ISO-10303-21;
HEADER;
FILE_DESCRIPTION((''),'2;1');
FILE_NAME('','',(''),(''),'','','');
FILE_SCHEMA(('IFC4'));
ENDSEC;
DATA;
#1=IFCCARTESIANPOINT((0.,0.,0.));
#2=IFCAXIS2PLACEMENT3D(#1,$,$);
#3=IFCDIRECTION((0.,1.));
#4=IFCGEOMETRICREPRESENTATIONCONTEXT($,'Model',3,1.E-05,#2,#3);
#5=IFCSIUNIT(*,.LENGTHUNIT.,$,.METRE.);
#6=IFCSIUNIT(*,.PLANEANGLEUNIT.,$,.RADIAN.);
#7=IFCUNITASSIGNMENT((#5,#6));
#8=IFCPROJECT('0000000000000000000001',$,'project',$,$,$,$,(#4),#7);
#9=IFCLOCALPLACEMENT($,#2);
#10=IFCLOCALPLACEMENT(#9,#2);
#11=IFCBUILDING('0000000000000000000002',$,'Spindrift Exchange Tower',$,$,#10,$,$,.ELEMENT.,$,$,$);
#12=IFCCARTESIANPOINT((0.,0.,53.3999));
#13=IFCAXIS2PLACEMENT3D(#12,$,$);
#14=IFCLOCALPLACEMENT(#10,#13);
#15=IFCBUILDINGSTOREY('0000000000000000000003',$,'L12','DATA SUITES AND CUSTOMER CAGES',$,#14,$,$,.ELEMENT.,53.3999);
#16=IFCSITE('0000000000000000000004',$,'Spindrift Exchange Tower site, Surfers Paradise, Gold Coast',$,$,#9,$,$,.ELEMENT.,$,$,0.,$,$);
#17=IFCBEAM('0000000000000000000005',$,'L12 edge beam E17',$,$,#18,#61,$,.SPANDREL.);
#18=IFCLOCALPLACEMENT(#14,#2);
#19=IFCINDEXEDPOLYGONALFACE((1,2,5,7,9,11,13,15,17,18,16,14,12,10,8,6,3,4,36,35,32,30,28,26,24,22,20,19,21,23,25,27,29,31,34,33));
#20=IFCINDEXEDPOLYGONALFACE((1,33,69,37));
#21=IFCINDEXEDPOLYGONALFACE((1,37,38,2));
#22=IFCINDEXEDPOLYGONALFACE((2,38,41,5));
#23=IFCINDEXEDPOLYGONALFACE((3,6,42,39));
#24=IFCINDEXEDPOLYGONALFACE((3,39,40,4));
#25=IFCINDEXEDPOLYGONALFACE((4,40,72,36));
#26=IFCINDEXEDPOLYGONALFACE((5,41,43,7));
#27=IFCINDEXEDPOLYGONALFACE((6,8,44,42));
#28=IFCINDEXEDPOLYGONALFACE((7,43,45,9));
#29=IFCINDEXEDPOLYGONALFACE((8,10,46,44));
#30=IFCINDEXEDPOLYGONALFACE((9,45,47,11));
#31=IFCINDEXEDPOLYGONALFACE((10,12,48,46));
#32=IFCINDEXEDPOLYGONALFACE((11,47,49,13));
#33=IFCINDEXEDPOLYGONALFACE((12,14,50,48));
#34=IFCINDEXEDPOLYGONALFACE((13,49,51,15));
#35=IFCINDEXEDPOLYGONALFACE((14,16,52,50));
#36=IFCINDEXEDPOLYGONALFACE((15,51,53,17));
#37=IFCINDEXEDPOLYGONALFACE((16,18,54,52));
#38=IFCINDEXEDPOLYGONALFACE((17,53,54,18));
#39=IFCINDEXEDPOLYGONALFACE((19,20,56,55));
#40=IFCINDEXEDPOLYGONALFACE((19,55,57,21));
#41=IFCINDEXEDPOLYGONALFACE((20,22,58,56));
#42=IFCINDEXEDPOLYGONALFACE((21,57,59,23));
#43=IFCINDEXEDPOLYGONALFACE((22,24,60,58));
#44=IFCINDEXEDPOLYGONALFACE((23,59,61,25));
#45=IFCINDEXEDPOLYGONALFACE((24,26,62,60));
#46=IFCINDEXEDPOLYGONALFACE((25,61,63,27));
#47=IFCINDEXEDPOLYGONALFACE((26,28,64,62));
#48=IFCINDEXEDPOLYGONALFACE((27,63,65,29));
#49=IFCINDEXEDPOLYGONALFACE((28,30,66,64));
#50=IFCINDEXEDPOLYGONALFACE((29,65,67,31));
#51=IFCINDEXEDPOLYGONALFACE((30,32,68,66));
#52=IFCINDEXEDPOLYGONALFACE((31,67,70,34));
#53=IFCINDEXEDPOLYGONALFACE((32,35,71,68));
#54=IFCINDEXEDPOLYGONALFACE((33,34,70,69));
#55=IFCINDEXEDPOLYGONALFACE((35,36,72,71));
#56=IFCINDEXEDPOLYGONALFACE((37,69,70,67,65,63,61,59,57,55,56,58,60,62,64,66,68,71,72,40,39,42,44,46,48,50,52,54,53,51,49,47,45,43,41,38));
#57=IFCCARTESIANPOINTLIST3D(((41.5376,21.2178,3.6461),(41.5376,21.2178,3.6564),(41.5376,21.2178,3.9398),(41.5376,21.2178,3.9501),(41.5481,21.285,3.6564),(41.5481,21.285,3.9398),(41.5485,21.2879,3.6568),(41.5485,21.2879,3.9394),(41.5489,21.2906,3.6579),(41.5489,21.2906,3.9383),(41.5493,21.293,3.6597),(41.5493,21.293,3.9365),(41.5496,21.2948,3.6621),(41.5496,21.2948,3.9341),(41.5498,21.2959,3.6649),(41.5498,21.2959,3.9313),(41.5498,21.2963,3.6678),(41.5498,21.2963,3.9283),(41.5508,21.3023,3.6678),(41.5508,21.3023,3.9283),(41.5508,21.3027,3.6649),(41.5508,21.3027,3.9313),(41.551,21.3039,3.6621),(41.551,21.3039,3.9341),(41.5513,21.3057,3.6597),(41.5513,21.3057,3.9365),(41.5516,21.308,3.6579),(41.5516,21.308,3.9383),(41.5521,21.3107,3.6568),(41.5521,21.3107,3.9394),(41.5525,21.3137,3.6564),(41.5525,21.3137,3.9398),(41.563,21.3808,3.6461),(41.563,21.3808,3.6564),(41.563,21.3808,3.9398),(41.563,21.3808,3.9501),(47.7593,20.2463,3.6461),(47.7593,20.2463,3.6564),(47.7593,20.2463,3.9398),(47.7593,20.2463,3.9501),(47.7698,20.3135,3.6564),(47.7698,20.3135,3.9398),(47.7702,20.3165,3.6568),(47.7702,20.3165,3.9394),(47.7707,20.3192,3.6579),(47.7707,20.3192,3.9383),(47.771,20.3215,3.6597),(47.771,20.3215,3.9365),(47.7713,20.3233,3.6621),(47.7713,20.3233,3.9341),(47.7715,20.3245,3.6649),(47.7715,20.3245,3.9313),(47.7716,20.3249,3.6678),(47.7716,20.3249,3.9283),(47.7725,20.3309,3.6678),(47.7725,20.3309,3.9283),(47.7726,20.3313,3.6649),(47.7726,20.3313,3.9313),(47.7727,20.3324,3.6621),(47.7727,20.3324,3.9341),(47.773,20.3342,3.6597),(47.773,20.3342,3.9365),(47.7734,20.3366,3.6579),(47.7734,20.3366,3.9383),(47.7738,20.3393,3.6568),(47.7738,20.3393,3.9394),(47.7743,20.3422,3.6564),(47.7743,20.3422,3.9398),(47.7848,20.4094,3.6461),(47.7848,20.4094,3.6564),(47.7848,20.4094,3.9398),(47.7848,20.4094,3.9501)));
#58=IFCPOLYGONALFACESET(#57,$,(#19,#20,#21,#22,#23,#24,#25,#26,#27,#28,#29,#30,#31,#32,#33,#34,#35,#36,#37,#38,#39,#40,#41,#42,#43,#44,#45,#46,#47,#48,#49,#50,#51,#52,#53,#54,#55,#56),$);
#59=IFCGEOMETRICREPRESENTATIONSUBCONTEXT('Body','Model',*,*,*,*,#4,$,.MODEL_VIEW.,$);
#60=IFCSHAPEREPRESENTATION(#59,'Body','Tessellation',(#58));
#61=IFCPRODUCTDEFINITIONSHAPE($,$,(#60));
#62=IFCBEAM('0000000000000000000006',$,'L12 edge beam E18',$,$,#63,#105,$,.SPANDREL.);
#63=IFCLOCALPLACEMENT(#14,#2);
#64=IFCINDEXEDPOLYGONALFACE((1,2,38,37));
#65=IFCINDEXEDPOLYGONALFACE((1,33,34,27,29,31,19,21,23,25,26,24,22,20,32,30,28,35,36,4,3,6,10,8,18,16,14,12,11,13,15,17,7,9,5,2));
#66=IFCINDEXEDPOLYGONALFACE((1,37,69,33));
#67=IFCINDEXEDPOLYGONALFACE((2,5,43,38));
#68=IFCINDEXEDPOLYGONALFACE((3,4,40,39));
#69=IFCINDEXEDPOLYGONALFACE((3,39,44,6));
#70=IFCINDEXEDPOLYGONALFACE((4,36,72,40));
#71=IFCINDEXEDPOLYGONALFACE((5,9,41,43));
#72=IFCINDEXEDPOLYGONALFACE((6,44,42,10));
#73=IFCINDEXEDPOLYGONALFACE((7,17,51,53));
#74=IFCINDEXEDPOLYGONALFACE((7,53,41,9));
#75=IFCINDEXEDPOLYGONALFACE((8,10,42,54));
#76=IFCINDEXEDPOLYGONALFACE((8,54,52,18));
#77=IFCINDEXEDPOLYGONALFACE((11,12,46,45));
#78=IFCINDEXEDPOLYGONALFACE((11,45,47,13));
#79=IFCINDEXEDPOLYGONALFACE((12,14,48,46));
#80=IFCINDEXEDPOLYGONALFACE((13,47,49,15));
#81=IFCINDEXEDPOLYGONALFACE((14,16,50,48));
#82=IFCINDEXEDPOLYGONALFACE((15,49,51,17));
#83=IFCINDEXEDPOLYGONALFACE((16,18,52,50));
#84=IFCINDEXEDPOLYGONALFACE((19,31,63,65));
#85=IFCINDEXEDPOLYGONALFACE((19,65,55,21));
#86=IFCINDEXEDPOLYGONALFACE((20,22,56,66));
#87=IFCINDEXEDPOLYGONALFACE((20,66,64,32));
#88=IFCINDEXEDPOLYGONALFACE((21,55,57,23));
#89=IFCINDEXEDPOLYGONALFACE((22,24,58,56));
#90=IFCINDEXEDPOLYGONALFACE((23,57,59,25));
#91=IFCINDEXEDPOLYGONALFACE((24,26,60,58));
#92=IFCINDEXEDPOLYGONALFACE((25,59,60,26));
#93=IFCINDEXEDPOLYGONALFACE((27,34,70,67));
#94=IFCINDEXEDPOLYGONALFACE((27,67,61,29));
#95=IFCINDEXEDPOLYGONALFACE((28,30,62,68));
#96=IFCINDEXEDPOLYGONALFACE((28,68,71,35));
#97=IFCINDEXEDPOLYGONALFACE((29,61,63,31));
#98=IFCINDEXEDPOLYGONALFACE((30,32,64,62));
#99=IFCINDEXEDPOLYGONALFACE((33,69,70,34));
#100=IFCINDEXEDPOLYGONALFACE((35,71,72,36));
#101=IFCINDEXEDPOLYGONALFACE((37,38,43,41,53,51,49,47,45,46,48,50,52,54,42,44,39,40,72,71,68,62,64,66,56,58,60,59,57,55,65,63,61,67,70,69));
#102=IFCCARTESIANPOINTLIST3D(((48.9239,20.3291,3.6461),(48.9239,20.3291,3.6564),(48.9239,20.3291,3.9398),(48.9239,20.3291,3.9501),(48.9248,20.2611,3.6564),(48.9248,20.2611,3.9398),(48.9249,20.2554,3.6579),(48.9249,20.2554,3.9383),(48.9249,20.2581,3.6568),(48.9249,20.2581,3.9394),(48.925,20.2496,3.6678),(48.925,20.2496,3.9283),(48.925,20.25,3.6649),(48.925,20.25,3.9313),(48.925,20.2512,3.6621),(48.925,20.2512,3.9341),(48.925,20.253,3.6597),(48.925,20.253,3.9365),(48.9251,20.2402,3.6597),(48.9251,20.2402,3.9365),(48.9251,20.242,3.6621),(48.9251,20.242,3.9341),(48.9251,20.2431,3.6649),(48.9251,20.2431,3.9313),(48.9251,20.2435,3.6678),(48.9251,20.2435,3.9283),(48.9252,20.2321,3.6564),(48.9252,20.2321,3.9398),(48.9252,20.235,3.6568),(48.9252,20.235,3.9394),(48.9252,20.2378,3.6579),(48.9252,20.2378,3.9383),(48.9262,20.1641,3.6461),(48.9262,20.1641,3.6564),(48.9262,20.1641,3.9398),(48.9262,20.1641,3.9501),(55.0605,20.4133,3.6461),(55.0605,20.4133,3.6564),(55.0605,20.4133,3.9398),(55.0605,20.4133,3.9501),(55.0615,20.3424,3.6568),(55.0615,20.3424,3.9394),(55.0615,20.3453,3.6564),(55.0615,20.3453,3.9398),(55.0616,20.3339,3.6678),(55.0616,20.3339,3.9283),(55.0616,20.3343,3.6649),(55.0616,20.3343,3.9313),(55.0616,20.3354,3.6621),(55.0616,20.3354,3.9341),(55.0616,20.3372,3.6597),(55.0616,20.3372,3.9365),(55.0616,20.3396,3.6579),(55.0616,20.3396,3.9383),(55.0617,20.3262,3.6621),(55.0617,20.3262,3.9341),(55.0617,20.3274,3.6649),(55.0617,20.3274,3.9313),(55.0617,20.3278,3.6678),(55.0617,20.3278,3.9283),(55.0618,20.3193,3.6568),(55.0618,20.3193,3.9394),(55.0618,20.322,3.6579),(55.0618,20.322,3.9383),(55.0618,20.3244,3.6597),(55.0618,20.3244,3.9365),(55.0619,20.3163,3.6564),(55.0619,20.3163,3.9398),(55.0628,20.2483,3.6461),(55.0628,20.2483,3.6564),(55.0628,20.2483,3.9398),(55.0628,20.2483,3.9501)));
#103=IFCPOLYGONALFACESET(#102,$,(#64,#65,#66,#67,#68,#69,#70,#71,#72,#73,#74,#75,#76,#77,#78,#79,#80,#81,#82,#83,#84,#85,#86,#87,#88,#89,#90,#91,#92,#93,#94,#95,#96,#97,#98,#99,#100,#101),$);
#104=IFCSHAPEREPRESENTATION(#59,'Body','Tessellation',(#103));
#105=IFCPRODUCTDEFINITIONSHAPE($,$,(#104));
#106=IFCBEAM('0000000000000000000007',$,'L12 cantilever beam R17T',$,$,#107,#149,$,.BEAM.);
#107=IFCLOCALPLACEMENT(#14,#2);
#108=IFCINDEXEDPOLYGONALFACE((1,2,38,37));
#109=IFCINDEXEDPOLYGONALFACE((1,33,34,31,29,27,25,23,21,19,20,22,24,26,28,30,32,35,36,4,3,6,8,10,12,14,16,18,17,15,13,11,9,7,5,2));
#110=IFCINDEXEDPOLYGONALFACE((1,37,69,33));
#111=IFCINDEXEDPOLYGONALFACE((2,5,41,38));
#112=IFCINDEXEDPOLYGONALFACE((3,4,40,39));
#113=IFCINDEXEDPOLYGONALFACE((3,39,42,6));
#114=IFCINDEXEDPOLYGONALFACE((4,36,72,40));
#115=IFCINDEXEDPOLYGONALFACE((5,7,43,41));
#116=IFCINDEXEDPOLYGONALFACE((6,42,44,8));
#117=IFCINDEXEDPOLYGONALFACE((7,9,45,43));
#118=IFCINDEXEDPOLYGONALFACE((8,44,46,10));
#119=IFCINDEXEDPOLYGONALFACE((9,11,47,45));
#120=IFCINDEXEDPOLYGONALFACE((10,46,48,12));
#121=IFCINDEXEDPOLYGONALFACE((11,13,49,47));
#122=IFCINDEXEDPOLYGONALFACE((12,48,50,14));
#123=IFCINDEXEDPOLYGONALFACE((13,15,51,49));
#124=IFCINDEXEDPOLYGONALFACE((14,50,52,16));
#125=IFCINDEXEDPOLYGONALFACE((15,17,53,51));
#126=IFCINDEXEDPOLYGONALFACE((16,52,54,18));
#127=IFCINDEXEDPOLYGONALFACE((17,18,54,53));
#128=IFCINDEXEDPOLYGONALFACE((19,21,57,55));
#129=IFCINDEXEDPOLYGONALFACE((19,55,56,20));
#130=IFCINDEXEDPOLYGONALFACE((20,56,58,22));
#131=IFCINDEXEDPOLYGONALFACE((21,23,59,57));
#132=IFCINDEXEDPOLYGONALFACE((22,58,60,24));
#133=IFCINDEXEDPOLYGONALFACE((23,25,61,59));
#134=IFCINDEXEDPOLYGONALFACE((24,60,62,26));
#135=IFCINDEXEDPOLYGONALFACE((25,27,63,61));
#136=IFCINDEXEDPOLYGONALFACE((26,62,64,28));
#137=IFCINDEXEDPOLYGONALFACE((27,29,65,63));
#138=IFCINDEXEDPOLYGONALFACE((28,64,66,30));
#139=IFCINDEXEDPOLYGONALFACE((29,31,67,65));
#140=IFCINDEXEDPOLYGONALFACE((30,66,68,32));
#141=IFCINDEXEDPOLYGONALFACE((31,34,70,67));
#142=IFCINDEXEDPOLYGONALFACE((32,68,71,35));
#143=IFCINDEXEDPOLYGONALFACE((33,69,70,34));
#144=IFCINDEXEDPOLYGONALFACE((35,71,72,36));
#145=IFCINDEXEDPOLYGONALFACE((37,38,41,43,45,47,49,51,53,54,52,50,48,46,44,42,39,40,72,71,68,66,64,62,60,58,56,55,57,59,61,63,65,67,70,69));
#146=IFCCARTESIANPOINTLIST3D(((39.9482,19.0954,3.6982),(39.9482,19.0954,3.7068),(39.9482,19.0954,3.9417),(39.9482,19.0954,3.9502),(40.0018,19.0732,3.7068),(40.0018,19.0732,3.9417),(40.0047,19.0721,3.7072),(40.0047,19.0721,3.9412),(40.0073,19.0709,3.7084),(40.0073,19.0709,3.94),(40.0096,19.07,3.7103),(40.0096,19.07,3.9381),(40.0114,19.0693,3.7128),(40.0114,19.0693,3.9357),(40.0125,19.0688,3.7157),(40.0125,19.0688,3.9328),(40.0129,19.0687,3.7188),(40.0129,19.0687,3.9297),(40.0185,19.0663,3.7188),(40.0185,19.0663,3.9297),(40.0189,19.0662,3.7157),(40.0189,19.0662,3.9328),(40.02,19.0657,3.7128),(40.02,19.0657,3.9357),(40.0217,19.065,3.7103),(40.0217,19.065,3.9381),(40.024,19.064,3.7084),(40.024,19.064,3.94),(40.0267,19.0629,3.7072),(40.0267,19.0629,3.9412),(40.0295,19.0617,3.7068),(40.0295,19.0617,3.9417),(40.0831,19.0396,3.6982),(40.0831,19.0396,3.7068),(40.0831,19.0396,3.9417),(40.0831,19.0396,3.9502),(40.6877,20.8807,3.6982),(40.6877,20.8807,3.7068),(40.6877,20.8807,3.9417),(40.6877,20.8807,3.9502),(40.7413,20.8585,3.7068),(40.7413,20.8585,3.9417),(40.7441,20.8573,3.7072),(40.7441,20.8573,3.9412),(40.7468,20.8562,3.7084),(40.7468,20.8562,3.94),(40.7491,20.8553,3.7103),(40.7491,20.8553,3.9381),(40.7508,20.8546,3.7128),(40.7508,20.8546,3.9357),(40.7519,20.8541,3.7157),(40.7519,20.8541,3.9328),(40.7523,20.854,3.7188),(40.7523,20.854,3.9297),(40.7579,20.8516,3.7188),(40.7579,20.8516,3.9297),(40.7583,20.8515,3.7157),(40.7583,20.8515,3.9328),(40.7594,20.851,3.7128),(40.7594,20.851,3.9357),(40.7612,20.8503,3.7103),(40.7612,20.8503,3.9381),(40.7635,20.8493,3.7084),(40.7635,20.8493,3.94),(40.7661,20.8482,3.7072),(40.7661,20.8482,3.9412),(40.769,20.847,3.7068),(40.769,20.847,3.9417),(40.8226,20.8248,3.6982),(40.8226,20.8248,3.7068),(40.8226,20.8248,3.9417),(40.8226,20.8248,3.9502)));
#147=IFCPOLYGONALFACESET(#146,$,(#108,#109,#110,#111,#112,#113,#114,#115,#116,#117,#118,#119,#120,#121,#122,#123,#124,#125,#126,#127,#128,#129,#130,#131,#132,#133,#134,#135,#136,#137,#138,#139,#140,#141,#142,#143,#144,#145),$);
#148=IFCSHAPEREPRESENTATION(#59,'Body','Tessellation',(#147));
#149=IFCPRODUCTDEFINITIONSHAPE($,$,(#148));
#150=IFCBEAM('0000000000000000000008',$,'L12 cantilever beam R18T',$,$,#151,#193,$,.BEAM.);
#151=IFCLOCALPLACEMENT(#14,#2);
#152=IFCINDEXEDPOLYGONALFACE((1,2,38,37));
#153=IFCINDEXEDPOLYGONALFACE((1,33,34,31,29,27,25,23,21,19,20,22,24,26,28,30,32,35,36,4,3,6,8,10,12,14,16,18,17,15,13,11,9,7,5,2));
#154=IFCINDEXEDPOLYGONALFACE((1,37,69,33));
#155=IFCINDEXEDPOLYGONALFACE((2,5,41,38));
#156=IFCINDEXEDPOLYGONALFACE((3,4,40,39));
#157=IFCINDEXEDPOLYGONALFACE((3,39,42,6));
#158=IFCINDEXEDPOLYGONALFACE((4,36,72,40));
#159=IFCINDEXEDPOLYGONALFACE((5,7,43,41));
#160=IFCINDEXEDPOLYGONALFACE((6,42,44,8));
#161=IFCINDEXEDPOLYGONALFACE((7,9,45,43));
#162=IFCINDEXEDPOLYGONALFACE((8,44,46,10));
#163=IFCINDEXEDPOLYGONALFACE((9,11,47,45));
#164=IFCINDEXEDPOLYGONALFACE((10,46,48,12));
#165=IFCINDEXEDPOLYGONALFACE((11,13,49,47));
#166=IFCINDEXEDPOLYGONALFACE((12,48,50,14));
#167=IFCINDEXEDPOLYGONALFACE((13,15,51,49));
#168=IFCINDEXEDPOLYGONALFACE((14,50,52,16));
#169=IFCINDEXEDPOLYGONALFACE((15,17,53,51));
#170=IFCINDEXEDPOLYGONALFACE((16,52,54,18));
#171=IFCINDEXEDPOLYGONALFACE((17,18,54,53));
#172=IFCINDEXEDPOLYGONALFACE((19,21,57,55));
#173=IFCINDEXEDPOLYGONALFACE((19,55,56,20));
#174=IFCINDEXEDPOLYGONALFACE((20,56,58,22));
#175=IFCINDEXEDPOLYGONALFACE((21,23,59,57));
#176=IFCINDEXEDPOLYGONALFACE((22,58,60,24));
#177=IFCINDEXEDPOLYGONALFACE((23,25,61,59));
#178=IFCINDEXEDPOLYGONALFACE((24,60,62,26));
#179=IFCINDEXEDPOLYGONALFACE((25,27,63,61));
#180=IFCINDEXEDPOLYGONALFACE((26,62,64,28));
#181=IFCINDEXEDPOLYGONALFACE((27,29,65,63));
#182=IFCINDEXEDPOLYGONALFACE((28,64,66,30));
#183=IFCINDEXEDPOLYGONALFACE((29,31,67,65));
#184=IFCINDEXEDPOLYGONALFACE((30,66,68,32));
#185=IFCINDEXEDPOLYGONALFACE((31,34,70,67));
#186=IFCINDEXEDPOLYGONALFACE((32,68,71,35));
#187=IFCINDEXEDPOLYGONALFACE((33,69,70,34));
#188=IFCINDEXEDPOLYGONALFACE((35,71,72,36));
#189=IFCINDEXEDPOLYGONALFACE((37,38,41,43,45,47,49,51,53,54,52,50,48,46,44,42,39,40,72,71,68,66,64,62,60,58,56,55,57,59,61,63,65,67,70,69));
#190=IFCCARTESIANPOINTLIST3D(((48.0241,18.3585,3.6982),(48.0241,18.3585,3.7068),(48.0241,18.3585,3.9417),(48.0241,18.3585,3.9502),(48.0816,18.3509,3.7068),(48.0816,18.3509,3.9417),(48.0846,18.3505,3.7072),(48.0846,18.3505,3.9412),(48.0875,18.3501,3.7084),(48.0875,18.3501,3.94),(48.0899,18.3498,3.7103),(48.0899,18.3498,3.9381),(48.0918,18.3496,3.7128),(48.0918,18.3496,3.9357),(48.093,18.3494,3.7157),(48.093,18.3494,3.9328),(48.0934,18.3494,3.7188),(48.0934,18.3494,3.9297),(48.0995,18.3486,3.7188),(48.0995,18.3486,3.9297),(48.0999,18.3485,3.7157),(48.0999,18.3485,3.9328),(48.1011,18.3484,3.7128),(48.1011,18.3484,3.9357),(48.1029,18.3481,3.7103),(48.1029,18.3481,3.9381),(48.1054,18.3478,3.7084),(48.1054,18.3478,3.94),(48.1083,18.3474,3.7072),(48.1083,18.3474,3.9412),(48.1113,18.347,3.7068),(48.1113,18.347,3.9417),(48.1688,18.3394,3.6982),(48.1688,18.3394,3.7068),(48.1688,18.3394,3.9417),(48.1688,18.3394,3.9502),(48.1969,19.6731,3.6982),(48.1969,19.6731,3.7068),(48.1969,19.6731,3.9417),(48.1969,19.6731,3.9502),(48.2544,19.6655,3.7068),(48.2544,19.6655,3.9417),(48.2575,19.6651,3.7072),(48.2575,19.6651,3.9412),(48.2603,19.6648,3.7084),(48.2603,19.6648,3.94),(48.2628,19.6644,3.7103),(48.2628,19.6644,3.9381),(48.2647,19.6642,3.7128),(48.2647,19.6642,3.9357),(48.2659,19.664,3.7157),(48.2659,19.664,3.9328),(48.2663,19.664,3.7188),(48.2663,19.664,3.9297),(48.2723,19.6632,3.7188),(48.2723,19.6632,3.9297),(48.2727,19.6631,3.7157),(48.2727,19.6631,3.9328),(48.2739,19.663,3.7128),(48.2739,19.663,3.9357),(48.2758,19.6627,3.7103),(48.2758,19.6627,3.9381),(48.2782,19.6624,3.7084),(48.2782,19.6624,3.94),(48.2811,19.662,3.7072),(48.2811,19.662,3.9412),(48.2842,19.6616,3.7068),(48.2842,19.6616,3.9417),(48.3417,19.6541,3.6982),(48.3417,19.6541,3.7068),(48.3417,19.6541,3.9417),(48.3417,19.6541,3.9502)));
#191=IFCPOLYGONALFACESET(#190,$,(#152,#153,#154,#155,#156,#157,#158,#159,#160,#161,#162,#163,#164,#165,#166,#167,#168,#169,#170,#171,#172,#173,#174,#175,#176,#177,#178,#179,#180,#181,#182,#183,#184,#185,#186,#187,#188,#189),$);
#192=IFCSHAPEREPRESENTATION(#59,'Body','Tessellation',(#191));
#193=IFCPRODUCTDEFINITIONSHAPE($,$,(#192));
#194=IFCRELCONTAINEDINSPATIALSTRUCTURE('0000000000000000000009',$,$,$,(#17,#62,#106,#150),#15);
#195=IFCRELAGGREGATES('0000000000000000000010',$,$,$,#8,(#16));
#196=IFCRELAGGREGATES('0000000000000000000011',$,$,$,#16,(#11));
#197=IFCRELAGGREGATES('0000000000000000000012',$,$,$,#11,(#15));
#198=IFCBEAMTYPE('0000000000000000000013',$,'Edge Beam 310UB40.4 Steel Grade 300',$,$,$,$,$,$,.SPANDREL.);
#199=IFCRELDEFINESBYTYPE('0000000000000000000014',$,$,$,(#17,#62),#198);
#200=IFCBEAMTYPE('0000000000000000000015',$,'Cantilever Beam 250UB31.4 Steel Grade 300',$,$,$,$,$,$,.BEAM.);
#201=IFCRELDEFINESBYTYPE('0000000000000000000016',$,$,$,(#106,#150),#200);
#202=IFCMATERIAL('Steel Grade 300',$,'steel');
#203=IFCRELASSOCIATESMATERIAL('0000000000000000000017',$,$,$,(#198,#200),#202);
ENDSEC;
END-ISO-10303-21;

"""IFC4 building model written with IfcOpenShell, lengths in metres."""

from ifc_helpers import new_model, si_unit, direction, frame, origin, origin_2d, place, context, subcontext, project, spatial, i_section, extrude, source, transform, mapped, material, material_profile, profile_set, type_object, element, save


model = new_model("IFC4")

# Units and contexts
model_context = context("Model", 3, precision=1e-05, world=origin(), true_north=direction((0.0, 1.0)))
body_context = subcontext(model_context, "Body", "Model", "MODEL_VIEW")
ifc_project = project(units=[si_unit("LENGTHUNIT", "METRE"), si_unit("PLANEANGLEUNIT", "RADIAN")], contexts=[model_context])

# Site, building, storey
site_placement = place(None, origin())
site = spatial("IfcSite", under=ifc_project, at=site_placement, Name="Spindrift Exchange Tower site, Surfers Paradise, Gold Coast", CompositionType="ELEMENT", RefElevation=0.0)
building_placement = place(site_placement, origin())
building = spatial("IfcBuilding", under=site, at=building_placement, Name="Spindrift Exchange Tower", CompositionType="ELEMENT")
storey_placement = place(building_placement, frame((0.0, 0.0, 53.3999)))
storey = spatial("IfcBuildingStorey", under=building, at=storey_placement, Name="L12", Description="DATA SUITES AND CUSTOMER CAGES", CompositionType="ELEMENT", Elevation=53.3999)

# Beams
ifc_material_1 = material(Name="Steel Grade 300", Category="steel")
ifc_material_profile_1 = material_profile(ifc_material_1, i_section(OverallWidth=0.165, OverallDepth=0.304, WebThickness=0.0061, FlangeThickness=0.0103, FilletRadius=0.0115, at=origin_2d()), Name="310UB40.4")
ifc_profile_set_1 = profile_set([ifc_material_profile_1], Name="Steel Grade 300")
beam_type_1 = type_object("IfcBeamType", Name="Edge Beam 310UB40.4 Steel Grade 300", PredefinedType="SPANDREL", material=ifc_profile_set_1)
shared_shape_1 = source(origin(), body_context, "Body", "SweptSolid", [
    extrude(i_section(OverallWidth=0.165, OverallDepth=0.304, WebThickness=0.0061, FlangeThickness=0.0103, FilletRadius=0.0115, at=origin_2d()), origin(), (0.0, 0.0, 1.0), 6.2971),
])
beam_1_placement = place(storey_placement, frame((41.5503, 21.2993, 3.7981), z_axis=(0.988029, -0.154268, 0.0), x_axis=(0.154268, 0.988029, 0.0)))
element("IfcBeam", 1, at=beam_1_placement, inside=storey, type_object=beam_type_1, Name="L12 edge beam E17", PredefinedType="SPANDREL", context=body_context, shape_type="MappedRepresentation", body=[
    mapped(shared_shape_1, transform((0.0, 0.0, 0.0), scale=1.0)),
])
shared_shape_2 = source(origin(), body_context, "Body", "SweptSolid", [
    extrude(i_section(OverallWidth=0.165, OverallDepth=0.304, WebThickness=0.0061, FlangeThickness=0.0103, FilletRadius=0.0115, at=origin_2d()), origin(), (0.0, 0.0, 1.0), 6.1372),
])
beam_2_placement = place(storey_placement, frame((48.925, 20.2466, 3.7981), z_axis=(0.999906, 0.013724, 0.0), x_axis=(-0.013724, 0.999906, 0.0)))
element("IfcBeam", 2, at=beam_2_placement, inside=storey, type_object=beam_type_1, Name="L12 edge beam E18", PredefinedType="SPANDREL", context=body_context, shape_type="MappedRepresentation", body=[
    mapped(shared_shape_2, transform((0.0, 0.0, 0.0), scale=1.0)),
])
ifc_material_profile_2 = material_profile(ifc_material_1, i_section(OverallWidth=0.146, OverallDepth=0.252, WebThickness=0.0061, FlangeThickness=0.0085, FilletRadius=0.012, at=origin_2d()), Name="250UB31.4")
ifc_profile_set_2 = profile_set([ifc_material_profile_2], Name="Steel Grade 300")
beam_type_2 = type_object("IfcBeamType", Name="Cantilever Beam 250UB31.4 Steel Grade 300", PredefinedType="BEAM", material=ifc_profile_set_2)
shared_shape_3 = source(origin(), body_context, "Body", "SweptSolid", [
    extrude(i_section(OverallWidth=0.146, OverallDepth=0.252, WebThickness=0.0061, FlangeThickness=0.0085, FilletRadius=0.012, at=origin_2d()), origin(), (0.0, 0.0, 1.0), 1.9324),
])
beam_3_placement = place(storey_placement, frame((40.7551, 20.8528, 3.8242), z_axis=(-0.382668, -0.923886, 0.0), x_axis=(0.923886, -0.382668, 0.0)))
element("IfcBeam", 3, at=beam_3_placement, inside=storey, type_object=beam_type_2, Name="L12 cantilever beam R17T", PredefinedType="BEAM", context=body_context, shape_type="MappedRepresentation", body=[
    mapped(shared_shape_3, transform((0.0, 0.0, 0.0), scale=1.0)),
])
shared_shape_4 = source(origin(), body_context, "Body", "SweptSolid", [
    extrude(i_section(OverallWidth=0.146, OverallDepth=0.252, WebThickness=0.0061, FlangeThickness=0.0085, FilletRadius=0.012, at=origin_2d()), origin(), (0.0, 0.0, 1.0), 1.3259),
])
beam_4_placement = place(storey_placement, frame((48.2693, 19.6636, 3.8242), z_axis=(-0.130354, -0.991467, 0.0), x_axis=(0.991467, -0.130354, 0.0)))
element("IfcBeam", 4, at=beam_4_placement, inside=storey, type_object=beam_type_2, Name="L12 cantilever beam R18T", PredefinedType="BEAM", context=body_context, shape_type="MappedRepresentation", body=[
    mapped(shared_shape_4, transform((0.0, 0.0, 0.0), scale=1.0)),
])

save(model, "model.ifc")
